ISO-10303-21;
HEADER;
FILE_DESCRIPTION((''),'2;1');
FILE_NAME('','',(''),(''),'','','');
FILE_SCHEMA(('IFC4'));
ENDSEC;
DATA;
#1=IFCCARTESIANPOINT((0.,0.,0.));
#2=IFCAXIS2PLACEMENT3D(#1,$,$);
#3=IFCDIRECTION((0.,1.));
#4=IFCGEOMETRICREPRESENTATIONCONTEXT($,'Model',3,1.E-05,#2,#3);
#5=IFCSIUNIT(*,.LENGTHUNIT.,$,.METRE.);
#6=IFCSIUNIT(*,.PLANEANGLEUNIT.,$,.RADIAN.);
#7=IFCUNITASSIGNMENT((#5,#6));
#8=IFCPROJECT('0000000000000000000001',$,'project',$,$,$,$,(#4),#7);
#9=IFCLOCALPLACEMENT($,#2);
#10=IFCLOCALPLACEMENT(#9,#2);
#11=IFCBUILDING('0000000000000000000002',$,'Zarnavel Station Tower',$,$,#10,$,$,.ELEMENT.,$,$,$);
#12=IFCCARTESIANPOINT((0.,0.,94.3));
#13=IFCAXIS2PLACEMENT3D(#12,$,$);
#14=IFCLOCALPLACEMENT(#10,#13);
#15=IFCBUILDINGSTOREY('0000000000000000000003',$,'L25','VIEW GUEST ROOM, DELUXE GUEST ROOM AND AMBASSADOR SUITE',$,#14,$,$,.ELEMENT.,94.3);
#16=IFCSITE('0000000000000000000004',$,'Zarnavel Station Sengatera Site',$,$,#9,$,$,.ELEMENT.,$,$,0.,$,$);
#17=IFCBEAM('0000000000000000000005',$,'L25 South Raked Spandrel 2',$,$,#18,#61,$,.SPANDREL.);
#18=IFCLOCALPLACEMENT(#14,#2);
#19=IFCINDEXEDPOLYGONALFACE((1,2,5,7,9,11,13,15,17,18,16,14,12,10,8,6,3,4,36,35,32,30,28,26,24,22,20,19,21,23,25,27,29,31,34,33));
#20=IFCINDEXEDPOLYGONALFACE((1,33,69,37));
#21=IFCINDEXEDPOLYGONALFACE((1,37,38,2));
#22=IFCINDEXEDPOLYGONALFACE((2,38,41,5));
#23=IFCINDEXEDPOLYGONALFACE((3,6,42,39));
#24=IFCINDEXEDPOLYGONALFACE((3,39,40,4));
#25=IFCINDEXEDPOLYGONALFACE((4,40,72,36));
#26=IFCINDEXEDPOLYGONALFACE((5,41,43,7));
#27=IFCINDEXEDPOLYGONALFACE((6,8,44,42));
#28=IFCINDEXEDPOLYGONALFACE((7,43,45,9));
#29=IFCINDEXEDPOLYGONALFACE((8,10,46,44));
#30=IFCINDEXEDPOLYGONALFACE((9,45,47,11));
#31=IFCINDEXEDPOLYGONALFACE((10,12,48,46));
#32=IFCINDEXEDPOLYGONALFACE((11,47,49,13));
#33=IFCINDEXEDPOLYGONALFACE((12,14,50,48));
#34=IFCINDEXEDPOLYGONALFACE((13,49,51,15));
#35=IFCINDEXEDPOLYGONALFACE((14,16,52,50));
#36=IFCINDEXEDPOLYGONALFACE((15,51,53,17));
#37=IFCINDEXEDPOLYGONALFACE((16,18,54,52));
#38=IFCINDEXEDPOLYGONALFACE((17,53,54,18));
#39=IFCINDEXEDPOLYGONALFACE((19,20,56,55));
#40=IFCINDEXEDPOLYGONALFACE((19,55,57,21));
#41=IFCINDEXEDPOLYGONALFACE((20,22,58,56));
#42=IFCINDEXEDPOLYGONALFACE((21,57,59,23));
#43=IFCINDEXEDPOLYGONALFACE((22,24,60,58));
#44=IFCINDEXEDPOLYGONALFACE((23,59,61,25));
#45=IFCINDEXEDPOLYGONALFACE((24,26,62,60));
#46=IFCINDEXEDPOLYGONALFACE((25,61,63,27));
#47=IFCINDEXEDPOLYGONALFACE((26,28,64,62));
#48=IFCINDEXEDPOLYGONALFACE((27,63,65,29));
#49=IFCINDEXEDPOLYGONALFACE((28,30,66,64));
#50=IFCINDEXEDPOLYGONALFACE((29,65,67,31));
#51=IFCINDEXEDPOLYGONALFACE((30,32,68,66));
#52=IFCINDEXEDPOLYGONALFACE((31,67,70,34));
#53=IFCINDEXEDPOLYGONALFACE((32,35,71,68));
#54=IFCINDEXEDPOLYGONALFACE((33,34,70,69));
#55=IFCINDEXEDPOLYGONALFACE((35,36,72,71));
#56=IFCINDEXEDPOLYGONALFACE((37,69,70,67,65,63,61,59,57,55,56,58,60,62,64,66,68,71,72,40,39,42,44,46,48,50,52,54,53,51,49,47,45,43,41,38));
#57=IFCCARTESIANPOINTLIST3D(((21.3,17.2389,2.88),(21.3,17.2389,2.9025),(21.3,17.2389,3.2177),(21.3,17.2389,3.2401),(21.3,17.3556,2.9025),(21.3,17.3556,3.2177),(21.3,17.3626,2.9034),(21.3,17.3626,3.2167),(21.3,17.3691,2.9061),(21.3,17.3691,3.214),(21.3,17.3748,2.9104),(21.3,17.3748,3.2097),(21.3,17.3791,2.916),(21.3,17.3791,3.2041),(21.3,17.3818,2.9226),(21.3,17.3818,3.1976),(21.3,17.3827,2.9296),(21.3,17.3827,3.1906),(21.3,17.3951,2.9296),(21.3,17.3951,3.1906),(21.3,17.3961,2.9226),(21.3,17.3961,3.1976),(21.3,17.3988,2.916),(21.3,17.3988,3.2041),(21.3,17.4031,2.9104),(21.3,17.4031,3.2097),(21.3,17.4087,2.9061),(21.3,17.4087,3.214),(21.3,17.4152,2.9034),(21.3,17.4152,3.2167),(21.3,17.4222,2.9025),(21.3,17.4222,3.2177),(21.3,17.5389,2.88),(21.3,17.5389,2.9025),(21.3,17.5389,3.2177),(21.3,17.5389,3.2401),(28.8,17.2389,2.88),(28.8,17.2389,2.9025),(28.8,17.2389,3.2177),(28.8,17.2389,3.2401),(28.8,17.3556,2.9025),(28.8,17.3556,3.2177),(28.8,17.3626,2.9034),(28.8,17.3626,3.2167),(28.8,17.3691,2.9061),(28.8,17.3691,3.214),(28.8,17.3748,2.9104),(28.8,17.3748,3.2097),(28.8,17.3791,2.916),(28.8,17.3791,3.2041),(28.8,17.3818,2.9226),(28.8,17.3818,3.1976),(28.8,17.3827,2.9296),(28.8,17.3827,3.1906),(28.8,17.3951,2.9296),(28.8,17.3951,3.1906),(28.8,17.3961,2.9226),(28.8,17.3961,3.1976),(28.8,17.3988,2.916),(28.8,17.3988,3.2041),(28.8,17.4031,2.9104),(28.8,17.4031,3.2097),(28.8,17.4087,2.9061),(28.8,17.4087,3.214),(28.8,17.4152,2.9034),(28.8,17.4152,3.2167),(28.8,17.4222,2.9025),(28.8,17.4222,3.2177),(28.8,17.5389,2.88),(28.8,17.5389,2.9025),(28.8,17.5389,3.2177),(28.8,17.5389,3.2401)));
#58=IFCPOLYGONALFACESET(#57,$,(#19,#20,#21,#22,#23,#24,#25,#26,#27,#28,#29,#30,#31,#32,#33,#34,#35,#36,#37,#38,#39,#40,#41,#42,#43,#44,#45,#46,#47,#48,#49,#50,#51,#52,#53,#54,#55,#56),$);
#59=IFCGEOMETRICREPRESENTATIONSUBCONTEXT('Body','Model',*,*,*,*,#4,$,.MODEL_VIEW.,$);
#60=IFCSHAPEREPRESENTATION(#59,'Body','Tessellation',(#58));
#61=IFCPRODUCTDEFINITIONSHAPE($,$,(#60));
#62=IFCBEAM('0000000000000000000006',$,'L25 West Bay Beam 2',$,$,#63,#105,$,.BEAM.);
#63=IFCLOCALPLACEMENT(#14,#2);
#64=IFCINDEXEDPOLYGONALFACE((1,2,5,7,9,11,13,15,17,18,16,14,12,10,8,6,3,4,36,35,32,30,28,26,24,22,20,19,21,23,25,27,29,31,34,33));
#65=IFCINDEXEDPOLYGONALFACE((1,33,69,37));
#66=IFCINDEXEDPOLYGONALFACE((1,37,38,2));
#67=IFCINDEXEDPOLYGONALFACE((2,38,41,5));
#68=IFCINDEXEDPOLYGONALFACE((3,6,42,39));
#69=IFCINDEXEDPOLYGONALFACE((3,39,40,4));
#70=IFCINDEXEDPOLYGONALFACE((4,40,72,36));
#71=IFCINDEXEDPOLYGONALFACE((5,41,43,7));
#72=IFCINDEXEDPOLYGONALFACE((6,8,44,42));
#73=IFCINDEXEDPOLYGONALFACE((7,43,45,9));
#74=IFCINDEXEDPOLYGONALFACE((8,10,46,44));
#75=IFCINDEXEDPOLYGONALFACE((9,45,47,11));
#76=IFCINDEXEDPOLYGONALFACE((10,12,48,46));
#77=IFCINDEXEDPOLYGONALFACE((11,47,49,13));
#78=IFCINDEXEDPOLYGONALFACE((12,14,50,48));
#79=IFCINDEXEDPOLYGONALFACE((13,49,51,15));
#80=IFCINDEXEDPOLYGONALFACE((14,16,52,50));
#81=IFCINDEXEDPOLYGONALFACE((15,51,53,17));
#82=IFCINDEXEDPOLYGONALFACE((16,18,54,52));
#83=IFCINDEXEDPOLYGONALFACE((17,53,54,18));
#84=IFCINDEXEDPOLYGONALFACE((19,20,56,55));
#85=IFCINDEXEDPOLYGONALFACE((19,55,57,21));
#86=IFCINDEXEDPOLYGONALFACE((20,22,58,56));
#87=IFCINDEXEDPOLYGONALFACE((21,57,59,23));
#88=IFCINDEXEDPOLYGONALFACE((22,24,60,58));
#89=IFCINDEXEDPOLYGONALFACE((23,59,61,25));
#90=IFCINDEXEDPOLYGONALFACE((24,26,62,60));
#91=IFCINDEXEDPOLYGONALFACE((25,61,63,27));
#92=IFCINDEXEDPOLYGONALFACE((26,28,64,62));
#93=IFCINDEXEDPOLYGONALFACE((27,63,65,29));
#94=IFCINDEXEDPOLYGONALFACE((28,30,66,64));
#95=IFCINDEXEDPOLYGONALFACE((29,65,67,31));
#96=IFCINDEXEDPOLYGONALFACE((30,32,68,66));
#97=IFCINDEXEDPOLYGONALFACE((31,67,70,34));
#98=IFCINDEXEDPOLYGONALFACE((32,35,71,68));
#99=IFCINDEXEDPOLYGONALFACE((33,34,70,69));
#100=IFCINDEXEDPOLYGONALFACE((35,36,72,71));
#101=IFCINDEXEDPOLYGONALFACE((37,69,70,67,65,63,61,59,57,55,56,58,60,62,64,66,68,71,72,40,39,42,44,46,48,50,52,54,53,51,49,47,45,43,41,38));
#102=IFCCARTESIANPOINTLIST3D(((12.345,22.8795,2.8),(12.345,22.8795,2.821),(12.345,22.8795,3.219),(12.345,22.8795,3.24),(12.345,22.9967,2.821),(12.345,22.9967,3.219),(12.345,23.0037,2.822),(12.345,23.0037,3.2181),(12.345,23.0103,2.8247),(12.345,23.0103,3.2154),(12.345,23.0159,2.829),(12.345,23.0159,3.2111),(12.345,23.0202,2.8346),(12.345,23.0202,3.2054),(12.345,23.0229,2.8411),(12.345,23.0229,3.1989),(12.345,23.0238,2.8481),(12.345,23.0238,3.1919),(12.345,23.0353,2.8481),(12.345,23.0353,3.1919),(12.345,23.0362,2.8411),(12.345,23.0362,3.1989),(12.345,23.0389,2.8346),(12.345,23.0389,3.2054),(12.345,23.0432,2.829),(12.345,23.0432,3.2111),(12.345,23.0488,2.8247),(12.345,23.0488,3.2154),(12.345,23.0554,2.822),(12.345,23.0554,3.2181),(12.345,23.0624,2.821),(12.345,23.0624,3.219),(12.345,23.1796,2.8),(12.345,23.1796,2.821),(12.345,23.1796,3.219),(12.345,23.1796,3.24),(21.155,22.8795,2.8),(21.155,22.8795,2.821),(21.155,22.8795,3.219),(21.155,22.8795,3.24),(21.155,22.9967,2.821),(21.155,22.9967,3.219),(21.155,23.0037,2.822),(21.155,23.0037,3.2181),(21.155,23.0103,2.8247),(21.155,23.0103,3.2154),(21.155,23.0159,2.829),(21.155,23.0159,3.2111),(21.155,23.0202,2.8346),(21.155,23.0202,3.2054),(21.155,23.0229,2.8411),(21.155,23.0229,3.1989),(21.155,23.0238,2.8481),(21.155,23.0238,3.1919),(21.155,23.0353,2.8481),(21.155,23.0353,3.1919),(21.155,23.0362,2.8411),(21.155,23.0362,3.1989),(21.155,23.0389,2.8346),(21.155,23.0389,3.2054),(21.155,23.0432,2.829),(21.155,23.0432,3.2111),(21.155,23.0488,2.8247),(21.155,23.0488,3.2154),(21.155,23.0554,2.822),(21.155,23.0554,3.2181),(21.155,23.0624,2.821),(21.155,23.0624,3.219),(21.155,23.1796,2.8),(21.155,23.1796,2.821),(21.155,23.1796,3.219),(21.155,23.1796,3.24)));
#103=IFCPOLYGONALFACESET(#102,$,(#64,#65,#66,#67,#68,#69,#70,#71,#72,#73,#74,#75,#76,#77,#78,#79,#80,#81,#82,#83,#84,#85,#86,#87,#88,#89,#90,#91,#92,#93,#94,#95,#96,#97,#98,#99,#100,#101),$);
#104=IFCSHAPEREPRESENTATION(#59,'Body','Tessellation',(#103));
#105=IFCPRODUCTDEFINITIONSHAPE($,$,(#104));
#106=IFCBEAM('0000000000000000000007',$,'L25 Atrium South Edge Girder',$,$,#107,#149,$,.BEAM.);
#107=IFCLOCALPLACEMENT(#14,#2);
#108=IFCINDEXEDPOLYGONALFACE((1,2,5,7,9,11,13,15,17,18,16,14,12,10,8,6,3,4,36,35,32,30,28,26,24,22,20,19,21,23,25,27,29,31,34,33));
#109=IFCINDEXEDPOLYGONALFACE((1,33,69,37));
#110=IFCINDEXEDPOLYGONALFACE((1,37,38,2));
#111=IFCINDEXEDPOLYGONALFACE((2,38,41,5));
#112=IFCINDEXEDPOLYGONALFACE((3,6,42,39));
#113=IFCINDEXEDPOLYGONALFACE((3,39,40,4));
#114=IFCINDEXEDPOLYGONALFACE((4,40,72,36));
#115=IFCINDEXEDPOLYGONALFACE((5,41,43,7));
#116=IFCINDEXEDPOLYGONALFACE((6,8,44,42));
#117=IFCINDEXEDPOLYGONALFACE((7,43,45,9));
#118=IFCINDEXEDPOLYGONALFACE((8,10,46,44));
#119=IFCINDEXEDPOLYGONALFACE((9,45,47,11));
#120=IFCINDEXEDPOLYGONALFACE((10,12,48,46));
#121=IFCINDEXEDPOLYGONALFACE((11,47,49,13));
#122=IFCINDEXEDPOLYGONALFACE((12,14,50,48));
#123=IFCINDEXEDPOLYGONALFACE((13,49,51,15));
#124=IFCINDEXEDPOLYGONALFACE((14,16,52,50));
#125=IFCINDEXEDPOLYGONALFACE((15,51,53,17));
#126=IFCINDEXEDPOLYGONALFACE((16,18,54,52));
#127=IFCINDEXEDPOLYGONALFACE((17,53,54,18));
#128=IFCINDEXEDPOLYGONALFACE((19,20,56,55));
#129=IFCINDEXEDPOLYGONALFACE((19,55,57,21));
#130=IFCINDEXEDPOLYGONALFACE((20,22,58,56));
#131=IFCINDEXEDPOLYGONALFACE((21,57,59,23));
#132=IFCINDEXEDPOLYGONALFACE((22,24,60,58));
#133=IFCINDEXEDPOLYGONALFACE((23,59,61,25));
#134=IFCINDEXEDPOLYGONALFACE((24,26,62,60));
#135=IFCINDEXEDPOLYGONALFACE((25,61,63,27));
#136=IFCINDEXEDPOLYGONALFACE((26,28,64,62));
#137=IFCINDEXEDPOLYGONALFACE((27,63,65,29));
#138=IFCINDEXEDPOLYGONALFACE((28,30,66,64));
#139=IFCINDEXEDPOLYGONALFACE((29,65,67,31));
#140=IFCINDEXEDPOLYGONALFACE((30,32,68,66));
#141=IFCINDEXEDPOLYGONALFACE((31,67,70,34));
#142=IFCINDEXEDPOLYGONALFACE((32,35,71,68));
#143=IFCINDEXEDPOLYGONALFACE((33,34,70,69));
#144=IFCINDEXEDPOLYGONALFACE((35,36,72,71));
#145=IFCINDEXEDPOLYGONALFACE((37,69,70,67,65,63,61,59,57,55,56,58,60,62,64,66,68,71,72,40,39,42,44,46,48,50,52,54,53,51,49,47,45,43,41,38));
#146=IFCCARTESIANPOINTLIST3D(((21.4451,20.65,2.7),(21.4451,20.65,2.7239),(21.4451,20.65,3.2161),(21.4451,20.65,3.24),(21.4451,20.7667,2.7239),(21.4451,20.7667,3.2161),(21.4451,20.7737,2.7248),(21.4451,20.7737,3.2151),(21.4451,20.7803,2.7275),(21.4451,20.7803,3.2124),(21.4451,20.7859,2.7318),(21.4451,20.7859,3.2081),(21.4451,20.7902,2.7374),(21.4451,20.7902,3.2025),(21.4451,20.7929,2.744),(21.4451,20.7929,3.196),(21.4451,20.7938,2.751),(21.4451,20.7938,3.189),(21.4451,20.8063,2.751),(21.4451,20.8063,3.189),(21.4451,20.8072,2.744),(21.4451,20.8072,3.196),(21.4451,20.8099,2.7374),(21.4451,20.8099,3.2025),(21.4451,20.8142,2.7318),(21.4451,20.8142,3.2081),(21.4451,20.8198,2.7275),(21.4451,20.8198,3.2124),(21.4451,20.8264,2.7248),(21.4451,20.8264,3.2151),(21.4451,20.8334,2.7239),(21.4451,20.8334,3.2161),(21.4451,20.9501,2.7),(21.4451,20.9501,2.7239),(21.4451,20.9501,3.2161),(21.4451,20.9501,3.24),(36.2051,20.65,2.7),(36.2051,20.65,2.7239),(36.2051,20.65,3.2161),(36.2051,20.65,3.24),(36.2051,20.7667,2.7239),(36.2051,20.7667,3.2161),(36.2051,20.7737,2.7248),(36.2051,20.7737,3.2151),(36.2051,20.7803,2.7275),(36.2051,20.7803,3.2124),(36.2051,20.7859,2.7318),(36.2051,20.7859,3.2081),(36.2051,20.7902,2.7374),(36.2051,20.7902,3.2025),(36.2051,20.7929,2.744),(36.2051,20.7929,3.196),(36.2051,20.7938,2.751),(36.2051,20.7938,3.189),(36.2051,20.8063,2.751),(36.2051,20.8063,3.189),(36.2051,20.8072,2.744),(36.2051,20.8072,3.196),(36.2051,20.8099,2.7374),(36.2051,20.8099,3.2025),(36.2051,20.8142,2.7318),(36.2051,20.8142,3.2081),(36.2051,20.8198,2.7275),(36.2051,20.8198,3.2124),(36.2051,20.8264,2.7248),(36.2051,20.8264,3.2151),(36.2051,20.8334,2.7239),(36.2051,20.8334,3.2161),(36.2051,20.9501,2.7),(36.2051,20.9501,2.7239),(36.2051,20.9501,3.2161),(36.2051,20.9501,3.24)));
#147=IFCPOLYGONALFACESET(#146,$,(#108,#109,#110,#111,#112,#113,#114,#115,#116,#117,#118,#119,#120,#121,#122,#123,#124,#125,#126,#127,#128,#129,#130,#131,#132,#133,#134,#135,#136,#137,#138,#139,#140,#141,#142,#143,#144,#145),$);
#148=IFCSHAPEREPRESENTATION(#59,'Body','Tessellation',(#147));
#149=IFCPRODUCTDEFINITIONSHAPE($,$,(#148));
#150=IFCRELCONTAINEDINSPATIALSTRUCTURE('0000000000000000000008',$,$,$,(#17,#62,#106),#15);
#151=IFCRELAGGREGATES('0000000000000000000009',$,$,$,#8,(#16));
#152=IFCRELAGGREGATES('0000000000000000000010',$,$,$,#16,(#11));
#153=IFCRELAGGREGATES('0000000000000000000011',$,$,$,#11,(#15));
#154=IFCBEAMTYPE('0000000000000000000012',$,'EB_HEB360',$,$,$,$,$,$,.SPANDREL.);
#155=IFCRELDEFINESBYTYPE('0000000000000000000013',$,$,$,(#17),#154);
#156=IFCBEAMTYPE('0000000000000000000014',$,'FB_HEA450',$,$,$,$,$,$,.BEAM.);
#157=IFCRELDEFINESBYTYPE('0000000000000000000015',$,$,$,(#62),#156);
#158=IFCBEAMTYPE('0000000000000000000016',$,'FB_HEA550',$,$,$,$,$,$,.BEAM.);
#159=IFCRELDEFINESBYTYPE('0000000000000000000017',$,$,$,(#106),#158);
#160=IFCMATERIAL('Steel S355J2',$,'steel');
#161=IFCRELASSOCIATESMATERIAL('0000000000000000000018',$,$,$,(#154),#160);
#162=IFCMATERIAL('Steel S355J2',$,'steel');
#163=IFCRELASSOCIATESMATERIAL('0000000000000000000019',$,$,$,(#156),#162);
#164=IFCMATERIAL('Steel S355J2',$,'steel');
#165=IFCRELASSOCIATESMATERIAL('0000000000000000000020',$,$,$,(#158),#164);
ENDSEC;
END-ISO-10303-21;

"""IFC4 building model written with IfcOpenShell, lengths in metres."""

from ifc_helpers import new_model, si_unit, direction, frame, origin, origin_2d, place, context, subcontext, project, spatial, i_section, extrude, material, material_profile, profile_set, type_object, element, save


model = new_model("IFC4")

# Units and contexts
model_context = context("Model", 3, precision=1e-05, world=origin(), true_north=direction((0.0, 1.0)))
body_context = subcontext(model_context, "Body", "Model", "MODEL_VIEW")
ifc_project = project(units=[si_unit("LENGTHUNIT", "METRE"), si_unit("PLANEANGLEUNIT", "RADIAN")], contexts=[model_context])

# Site, building, storey
site_placement = place(None, origin())
site = spatial("IfcSite", under=ifc_project, at=site_placement, Name="Zarnavel Station Sengatera Site", CompositionType="ELEMENT", RefElevation=0.0)
building_placement = place(site_placement, origin())
building = spatial("IfcBuilding", under=site, at=building_placement, Name="Zarnavel Station Tower", CompositionType="ELEMENT")
storey_placement = place(building_placement, frame((0.0, 0.0, 94.3)))
storey = spatial("IfcBuildingStorey", under=building, at=storey_placement, Name="L25", Description="VIEW GUEST ROOM, DELUXE GUEST ROOM AND AMBASSADOR SUITE", CompositionType="ELEMENT", Elevation=94.3)

# Beams
ifc_material_1 = material(Name="Steel S355J2", Category="steel")
ifc_material_profile_1 = material_profile(ifc_material_1, i_section(OverallWidth=0.3, OverallDepth=0.3601, WebThickness=0.0125, FlangeThickness=0.0225, FilletRadius=0.0271, at=origin_2d()), Name="HEB360")
ifc_profile_set_1 = profile_set([ifc_material_profile_1], Name="Steel S355J2")
beam_type_1 = type_object("IfcBeamType", Name="EB_HEB360", PredefinedType="SPANDREL", material=ifc_profile_set_1)
beam_1_placement = place(storey_placement, frame((21.3, 17.3889, 3.0601), z_axis=(1.0, 0.0, 0.0), x_axis=(0.0, 1.0, 0.0)))
element("IfcBeam", 1, at=beam_1_placement, inside=storey, type_object=beam_type_1, Name="L25 South Raked Spandrel 2", PredefinedType="SPANDREL", context=body_context, shape_type="SweptSolid", body=[
    extrude(i_section(OverallWidth=0.3, OverallDepth=0.3601, WebThickness=0.0125, FlangeThickness=0.0225, FilletRadius=0.0271, at=origin_2d()), origin(), (0.0, 0.0, 1.0), 7.5),
])
ifc_material_2 = material(Name="Steel S355J2", Category="steel")
ifc_material_profile_2 = material_profile(ifc_material_2, i_section(OverallWidth=0.3, OverallDepth=0.4399, WebThickness=0.0115, FlangeThickness=0.021, FilletRadius=0.0271, at=origin_2d()), Name="HEA450")
ifc_profile_set_2 = profile_set([ifc_material_profile_2], Name="Steel S355J2")
beam_type_2 = type_object("IfcBeamType", Name="FB_HEA450", PredefinedType="BEAM", material=ifc_profile_set_2)
beam_2_placement = place(storey_placement, frame((12.345, 23.0295, 3.02), z_axis=(1.0, 0.0, 0.0), x_axis=(0.0, 1.0, 0.0)))
element("IfcBeam", 2, at=beam_2_placement, inside=storey, type_object=beam_type_2, Name="L25 West Bay Beam 2", PredefinedType="BEAM", context=body_context, shape_type="SweptSolid", body=[
    extrude(i_section(OverallWidth=0.3, OverallDepth=0.4399, WebThickness=0.0115, FlangeThickness=0.021, FilletRadius=0.0271, at=origin_2d()), origin(), (0.0, 0.0, 1.0), 8.8101),
])
ifc_material_3 = material(Name="Steel S355J2", Category="steel")
ifc_material_profile_3 = material_profile(ifc_material_3, i_section(OverallWidth=0.3, OverallDepth=0.54, WebThickness=0.0125, FlangeThickness=0.0239, FilletRadius=0.0271, at=origin_2d()), Name="HEA550")
ifc_profile_set_3 = profile_set([ifc_material_profile_3], Name="Steel S355J2")
beam_type_3 = type_object("IfcBeamType", Name="FB_HEA550", PredefinedType="BEAM", material=ifc_profile_set_3)
beam_3_placement = place(storey_placement, frame((21.4451, 20.8, 2.97), z_axis=(1.0, 0.0, 0.0), x_axis=(0.0, 1.0, 0.0)))
element("IfcBeam", 3, at=beam_3_placement, inside=storey, type_object=beam_type_3, Name="L25 Atrium South Edge Girder", PredefinedType="BEAM", context=body_context, shape_type="SweptSolid", body=[
    extrude(i_section(OverallWidth=0.3, OverallDepth=0.54, WebThickness=0.0125, FlangeThickness=0.0239, FilletRadius=0.0271, at=origin_2d()), origin(), (0.0, 0.0, 1.0), 14.76),
])

save(model, "model.ifc")
